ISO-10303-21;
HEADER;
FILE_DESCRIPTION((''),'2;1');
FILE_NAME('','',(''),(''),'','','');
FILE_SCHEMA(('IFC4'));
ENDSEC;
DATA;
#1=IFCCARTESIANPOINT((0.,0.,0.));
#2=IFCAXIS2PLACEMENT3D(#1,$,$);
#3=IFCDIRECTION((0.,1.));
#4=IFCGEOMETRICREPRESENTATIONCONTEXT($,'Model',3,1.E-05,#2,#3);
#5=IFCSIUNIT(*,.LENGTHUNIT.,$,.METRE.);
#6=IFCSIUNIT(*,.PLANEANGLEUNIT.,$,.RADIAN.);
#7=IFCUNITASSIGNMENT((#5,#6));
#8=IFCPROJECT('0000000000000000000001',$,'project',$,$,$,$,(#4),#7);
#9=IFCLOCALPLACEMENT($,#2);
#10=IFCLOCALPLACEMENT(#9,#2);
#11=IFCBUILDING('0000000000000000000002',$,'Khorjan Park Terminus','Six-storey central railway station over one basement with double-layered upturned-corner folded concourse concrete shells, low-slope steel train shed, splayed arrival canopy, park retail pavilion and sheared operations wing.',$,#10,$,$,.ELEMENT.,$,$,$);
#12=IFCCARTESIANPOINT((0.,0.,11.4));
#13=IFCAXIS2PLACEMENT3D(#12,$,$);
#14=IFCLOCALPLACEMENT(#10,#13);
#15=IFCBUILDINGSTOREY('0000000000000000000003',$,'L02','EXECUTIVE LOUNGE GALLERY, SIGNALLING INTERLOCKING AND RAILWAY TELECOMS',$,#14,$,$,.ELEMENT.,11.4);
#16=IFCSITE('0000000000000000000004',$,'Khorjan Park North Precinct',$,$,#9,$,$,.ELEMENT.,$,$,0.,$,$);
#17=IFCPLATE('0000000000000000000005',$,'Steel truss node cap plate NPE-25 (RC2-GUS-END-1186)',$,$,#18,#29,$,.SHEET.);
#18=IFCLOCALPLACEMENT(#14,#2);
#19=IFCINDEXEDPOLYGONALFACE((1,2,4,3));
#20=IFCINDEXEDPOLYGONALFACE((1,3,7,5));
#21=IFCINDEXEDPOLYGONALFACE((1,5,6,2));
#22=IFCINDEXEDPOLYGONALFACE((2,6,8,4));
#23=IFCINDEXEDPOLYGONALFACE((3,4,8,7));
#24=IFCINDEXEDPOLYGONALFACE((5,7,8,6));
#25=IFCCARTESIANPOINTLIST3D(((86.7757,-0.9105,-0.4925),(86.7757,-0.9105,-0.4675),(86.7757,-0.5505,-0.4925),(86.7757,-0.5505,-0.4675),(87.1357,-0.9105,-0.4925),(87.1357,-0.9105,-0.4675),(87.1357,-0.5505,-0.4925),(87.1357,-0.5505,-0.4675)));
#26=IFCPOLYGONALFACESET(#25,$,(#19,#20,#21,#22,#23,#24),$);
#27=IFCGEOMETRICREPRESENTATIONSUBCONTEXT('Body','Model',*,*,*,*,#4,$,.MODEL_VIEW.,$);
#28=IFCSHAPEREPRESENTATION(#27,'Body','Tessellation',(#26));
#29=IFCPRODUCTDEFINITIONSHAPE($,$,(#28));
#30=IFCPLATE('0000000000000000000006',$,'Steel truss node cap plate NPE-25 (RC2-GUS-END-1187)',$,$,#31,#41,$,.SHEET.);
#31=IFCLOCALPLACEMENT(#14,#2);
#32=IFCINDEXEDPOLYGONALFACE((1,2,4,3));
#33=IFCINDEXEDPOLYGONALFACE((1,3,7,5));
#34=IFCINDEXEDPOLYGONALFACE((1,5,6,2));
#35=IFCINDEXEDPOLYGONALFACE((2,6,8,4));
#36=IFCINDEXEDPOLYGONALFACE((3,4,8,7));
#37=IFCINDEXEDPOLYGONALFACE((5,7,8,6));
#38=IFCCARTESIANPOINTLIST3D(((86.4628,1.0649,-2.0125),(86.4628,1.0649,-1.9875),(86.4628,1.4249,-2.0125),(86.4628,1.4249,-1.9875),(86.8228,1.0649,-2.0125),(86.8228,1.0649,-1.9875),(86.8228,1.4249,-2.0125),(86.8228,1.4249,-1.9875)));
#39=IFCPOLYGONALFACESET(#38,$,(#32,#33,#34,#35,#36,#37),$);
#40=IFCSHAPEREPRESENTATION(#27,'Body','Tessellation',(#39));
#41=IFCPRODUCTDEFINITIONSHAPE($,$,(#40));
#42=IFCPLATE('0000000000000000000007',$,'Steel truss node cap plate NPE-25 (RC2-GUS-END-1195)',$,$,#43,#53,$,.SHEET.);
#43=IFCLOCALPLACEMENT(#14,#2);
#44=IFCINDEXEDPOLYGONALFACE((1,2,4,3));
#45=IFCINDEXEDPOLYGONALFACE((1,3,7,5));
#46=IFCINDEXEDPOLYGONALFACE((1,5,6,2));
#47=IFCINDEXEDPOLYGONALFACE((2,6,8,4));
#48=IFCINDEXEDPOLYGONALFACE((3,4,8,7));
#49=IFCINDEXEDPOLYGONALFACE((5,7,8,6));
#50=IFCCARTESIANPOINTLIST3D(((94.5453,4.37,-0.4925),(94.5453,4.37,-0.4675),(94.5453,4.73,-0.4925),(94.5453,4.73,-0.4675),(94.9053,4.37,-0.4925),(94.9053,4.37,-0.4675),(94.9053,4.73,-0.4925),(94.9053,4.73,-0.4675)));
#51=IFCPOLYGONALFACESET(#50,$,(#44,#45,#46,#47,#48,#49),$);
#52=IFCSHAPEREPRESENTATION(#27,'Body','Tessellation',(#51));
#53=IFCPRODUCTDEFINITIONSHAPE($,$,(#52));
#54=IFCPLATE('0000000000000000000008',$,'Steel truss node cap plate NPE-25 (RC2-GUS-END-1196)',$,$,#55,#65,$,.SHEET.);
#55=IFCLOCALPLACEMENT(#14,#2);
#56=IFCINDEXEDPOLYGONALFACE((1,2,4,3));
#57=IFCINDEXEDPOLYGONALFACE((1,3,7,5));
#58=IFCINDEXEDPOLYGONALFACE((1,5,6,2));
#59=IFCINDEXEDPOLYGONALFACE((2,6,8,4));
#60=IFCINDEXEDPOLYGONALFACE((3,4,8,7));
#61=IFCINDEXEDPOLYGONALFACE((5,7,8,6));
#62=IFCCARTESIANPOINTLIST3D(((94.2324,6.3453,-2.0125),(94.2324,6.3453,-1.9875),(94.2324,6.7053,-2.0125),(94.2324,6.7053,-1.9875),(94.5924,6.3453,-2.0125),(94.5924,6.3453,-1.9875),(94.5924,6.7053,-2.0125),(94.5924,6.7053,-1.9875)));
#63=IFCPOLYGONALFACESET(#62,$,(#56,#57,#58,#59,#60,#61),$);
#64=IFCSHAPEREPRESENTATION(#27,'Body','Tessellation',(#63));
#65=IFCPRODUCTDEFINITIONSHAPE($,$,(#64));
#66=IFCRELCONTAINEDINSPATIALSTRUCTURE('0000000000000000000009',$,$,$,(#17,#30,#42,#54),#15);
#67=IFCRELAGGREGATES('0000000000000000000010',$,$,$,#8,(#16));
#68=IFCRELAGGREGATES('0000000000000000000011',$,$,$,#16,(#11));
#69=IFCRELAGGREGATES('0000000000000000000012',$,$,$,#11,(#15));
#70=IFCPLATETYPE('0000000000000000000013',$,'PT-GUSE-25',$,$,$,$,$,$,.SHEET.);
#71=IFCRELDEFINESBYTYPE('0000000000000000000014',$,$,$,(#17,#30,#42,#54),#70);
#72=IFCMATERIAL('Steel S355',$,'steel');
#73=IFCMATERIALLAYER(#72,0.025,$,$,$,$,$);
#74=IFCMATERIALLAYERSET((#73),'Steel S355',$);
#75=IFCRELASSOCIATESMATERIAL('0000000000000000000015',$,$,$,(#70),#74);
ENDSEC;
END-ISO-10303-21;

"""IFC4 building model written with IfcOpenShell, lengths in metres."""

from ifc_helpers import new_model, si_unit, direction, frame, origin, origin_2d, place, context, subcontext, project, spatial, rectangle, extrude, material, layer, layer_set, type_object, element, save


model = new_model("IFC4")

# Units and contexts
model_context = context("Model", 3, precision=1e-05, world=origin(), true_north=direction((0.0, 1.0)))
body_context = subcontext(model_context, "Body", "Model", "MODEL_VIEW")
ifc_project = project(units=[si_unit("LENGTHUNIT", "METRE"), si_unit("PLANEANGLEUNIT", "RADIAN")], contexts=[model_context])

# Site, building, storey
site_placement = place(None, origin())
site = spatial("IfcSite", under=ifc_project, at=site_placement, Name="Khorjan Park North Precinct", CompositionType="ELEMENT", RefElevation=0.0)
building_placement = place(site_placement, origin())
building = spatial("IfcBuilding", under=site, at=building_placement, Name="Khorjan Park Terminus", Description="Six-storey central railway station over one basement with double-layered upturned-corner folded concourse concrete shells, low-slope steel train shed, splayed arrival canopy, park retail pavilion and sheared operations wing.", CompositionType="ELEMENT")
storey_placement = place(building_placement, frame((0.0, 0.0, 11.4)))
storey = spatial("IfcBuildingStorey", under=building, at=storey_placement, Name="L02", Description="EXECUTIVE LOUNGE GALLERY, SIGNALLING INTERLOCKING AND RAILWAY TELECOMS", CompositionType="ELEMENT", Elevation=11.4)

# Shared definitions
ifc_material = material(Name="Steel S355", Category="steel")

# Plates
ifc_layer_1 = layer(ifc_material, 0.025)
ifc_layer_set_1 = layer_set([ifc_layer_1], Name="Steel S355")
plate_type_1 = type_object("IfcPlateType", Name="PT-GUSE-25", PredefinedType="SHEET", material=ifc_layer_set_1)
for number, where, z_axis, x_axis, name in (
    (1, (86.9557, -0.7305, -0.4925), (0.0, 0.0, 1.0), (1.0, 0.0, 0.0), "Steel truss node cap plate NPE-25 (RC2-GUS-END-1186)"),
    (2, (86.6428, 1.2449, -2.0125), (0.0, 0.0, 1.0), (1.0, 0.0, 0.0), "Steel truss node cap plate NPE-25 (RC2-GUS-END-1187)"),
    (3, (94.7253, 4.55, -0.4925), (0.0, 0.0, 1.0), (1.0, 0.0, 0.0), "Steel truss node cap plate NPE-25 (RC2-GUS-END-1195)"),
    (4, (94.4124, 6.5253, -2.0125), (0.0, 0.0, 1.0), (1.0, 0.0, 0.0), "Steel truss node cap plate NPE-25 (RC2-GUS-END-1196)"),
):
    element("IfcPlate", number, at=place(storey_placement, frame(where, z_axis=z_axis, x_axis=x_axis)), inside=storey, type_object=plate_type_1, Name=name, PredefinedType="SHEET", context=body_context, shape_type="SweptSolid", body=[
        extrude(rectangle(XDim=0.36, YDim=0.36, at=origin_2d()), origin(), (0.0, 0.0, 1.0), 0.025),
    ])

save(model, "model.ifc")
